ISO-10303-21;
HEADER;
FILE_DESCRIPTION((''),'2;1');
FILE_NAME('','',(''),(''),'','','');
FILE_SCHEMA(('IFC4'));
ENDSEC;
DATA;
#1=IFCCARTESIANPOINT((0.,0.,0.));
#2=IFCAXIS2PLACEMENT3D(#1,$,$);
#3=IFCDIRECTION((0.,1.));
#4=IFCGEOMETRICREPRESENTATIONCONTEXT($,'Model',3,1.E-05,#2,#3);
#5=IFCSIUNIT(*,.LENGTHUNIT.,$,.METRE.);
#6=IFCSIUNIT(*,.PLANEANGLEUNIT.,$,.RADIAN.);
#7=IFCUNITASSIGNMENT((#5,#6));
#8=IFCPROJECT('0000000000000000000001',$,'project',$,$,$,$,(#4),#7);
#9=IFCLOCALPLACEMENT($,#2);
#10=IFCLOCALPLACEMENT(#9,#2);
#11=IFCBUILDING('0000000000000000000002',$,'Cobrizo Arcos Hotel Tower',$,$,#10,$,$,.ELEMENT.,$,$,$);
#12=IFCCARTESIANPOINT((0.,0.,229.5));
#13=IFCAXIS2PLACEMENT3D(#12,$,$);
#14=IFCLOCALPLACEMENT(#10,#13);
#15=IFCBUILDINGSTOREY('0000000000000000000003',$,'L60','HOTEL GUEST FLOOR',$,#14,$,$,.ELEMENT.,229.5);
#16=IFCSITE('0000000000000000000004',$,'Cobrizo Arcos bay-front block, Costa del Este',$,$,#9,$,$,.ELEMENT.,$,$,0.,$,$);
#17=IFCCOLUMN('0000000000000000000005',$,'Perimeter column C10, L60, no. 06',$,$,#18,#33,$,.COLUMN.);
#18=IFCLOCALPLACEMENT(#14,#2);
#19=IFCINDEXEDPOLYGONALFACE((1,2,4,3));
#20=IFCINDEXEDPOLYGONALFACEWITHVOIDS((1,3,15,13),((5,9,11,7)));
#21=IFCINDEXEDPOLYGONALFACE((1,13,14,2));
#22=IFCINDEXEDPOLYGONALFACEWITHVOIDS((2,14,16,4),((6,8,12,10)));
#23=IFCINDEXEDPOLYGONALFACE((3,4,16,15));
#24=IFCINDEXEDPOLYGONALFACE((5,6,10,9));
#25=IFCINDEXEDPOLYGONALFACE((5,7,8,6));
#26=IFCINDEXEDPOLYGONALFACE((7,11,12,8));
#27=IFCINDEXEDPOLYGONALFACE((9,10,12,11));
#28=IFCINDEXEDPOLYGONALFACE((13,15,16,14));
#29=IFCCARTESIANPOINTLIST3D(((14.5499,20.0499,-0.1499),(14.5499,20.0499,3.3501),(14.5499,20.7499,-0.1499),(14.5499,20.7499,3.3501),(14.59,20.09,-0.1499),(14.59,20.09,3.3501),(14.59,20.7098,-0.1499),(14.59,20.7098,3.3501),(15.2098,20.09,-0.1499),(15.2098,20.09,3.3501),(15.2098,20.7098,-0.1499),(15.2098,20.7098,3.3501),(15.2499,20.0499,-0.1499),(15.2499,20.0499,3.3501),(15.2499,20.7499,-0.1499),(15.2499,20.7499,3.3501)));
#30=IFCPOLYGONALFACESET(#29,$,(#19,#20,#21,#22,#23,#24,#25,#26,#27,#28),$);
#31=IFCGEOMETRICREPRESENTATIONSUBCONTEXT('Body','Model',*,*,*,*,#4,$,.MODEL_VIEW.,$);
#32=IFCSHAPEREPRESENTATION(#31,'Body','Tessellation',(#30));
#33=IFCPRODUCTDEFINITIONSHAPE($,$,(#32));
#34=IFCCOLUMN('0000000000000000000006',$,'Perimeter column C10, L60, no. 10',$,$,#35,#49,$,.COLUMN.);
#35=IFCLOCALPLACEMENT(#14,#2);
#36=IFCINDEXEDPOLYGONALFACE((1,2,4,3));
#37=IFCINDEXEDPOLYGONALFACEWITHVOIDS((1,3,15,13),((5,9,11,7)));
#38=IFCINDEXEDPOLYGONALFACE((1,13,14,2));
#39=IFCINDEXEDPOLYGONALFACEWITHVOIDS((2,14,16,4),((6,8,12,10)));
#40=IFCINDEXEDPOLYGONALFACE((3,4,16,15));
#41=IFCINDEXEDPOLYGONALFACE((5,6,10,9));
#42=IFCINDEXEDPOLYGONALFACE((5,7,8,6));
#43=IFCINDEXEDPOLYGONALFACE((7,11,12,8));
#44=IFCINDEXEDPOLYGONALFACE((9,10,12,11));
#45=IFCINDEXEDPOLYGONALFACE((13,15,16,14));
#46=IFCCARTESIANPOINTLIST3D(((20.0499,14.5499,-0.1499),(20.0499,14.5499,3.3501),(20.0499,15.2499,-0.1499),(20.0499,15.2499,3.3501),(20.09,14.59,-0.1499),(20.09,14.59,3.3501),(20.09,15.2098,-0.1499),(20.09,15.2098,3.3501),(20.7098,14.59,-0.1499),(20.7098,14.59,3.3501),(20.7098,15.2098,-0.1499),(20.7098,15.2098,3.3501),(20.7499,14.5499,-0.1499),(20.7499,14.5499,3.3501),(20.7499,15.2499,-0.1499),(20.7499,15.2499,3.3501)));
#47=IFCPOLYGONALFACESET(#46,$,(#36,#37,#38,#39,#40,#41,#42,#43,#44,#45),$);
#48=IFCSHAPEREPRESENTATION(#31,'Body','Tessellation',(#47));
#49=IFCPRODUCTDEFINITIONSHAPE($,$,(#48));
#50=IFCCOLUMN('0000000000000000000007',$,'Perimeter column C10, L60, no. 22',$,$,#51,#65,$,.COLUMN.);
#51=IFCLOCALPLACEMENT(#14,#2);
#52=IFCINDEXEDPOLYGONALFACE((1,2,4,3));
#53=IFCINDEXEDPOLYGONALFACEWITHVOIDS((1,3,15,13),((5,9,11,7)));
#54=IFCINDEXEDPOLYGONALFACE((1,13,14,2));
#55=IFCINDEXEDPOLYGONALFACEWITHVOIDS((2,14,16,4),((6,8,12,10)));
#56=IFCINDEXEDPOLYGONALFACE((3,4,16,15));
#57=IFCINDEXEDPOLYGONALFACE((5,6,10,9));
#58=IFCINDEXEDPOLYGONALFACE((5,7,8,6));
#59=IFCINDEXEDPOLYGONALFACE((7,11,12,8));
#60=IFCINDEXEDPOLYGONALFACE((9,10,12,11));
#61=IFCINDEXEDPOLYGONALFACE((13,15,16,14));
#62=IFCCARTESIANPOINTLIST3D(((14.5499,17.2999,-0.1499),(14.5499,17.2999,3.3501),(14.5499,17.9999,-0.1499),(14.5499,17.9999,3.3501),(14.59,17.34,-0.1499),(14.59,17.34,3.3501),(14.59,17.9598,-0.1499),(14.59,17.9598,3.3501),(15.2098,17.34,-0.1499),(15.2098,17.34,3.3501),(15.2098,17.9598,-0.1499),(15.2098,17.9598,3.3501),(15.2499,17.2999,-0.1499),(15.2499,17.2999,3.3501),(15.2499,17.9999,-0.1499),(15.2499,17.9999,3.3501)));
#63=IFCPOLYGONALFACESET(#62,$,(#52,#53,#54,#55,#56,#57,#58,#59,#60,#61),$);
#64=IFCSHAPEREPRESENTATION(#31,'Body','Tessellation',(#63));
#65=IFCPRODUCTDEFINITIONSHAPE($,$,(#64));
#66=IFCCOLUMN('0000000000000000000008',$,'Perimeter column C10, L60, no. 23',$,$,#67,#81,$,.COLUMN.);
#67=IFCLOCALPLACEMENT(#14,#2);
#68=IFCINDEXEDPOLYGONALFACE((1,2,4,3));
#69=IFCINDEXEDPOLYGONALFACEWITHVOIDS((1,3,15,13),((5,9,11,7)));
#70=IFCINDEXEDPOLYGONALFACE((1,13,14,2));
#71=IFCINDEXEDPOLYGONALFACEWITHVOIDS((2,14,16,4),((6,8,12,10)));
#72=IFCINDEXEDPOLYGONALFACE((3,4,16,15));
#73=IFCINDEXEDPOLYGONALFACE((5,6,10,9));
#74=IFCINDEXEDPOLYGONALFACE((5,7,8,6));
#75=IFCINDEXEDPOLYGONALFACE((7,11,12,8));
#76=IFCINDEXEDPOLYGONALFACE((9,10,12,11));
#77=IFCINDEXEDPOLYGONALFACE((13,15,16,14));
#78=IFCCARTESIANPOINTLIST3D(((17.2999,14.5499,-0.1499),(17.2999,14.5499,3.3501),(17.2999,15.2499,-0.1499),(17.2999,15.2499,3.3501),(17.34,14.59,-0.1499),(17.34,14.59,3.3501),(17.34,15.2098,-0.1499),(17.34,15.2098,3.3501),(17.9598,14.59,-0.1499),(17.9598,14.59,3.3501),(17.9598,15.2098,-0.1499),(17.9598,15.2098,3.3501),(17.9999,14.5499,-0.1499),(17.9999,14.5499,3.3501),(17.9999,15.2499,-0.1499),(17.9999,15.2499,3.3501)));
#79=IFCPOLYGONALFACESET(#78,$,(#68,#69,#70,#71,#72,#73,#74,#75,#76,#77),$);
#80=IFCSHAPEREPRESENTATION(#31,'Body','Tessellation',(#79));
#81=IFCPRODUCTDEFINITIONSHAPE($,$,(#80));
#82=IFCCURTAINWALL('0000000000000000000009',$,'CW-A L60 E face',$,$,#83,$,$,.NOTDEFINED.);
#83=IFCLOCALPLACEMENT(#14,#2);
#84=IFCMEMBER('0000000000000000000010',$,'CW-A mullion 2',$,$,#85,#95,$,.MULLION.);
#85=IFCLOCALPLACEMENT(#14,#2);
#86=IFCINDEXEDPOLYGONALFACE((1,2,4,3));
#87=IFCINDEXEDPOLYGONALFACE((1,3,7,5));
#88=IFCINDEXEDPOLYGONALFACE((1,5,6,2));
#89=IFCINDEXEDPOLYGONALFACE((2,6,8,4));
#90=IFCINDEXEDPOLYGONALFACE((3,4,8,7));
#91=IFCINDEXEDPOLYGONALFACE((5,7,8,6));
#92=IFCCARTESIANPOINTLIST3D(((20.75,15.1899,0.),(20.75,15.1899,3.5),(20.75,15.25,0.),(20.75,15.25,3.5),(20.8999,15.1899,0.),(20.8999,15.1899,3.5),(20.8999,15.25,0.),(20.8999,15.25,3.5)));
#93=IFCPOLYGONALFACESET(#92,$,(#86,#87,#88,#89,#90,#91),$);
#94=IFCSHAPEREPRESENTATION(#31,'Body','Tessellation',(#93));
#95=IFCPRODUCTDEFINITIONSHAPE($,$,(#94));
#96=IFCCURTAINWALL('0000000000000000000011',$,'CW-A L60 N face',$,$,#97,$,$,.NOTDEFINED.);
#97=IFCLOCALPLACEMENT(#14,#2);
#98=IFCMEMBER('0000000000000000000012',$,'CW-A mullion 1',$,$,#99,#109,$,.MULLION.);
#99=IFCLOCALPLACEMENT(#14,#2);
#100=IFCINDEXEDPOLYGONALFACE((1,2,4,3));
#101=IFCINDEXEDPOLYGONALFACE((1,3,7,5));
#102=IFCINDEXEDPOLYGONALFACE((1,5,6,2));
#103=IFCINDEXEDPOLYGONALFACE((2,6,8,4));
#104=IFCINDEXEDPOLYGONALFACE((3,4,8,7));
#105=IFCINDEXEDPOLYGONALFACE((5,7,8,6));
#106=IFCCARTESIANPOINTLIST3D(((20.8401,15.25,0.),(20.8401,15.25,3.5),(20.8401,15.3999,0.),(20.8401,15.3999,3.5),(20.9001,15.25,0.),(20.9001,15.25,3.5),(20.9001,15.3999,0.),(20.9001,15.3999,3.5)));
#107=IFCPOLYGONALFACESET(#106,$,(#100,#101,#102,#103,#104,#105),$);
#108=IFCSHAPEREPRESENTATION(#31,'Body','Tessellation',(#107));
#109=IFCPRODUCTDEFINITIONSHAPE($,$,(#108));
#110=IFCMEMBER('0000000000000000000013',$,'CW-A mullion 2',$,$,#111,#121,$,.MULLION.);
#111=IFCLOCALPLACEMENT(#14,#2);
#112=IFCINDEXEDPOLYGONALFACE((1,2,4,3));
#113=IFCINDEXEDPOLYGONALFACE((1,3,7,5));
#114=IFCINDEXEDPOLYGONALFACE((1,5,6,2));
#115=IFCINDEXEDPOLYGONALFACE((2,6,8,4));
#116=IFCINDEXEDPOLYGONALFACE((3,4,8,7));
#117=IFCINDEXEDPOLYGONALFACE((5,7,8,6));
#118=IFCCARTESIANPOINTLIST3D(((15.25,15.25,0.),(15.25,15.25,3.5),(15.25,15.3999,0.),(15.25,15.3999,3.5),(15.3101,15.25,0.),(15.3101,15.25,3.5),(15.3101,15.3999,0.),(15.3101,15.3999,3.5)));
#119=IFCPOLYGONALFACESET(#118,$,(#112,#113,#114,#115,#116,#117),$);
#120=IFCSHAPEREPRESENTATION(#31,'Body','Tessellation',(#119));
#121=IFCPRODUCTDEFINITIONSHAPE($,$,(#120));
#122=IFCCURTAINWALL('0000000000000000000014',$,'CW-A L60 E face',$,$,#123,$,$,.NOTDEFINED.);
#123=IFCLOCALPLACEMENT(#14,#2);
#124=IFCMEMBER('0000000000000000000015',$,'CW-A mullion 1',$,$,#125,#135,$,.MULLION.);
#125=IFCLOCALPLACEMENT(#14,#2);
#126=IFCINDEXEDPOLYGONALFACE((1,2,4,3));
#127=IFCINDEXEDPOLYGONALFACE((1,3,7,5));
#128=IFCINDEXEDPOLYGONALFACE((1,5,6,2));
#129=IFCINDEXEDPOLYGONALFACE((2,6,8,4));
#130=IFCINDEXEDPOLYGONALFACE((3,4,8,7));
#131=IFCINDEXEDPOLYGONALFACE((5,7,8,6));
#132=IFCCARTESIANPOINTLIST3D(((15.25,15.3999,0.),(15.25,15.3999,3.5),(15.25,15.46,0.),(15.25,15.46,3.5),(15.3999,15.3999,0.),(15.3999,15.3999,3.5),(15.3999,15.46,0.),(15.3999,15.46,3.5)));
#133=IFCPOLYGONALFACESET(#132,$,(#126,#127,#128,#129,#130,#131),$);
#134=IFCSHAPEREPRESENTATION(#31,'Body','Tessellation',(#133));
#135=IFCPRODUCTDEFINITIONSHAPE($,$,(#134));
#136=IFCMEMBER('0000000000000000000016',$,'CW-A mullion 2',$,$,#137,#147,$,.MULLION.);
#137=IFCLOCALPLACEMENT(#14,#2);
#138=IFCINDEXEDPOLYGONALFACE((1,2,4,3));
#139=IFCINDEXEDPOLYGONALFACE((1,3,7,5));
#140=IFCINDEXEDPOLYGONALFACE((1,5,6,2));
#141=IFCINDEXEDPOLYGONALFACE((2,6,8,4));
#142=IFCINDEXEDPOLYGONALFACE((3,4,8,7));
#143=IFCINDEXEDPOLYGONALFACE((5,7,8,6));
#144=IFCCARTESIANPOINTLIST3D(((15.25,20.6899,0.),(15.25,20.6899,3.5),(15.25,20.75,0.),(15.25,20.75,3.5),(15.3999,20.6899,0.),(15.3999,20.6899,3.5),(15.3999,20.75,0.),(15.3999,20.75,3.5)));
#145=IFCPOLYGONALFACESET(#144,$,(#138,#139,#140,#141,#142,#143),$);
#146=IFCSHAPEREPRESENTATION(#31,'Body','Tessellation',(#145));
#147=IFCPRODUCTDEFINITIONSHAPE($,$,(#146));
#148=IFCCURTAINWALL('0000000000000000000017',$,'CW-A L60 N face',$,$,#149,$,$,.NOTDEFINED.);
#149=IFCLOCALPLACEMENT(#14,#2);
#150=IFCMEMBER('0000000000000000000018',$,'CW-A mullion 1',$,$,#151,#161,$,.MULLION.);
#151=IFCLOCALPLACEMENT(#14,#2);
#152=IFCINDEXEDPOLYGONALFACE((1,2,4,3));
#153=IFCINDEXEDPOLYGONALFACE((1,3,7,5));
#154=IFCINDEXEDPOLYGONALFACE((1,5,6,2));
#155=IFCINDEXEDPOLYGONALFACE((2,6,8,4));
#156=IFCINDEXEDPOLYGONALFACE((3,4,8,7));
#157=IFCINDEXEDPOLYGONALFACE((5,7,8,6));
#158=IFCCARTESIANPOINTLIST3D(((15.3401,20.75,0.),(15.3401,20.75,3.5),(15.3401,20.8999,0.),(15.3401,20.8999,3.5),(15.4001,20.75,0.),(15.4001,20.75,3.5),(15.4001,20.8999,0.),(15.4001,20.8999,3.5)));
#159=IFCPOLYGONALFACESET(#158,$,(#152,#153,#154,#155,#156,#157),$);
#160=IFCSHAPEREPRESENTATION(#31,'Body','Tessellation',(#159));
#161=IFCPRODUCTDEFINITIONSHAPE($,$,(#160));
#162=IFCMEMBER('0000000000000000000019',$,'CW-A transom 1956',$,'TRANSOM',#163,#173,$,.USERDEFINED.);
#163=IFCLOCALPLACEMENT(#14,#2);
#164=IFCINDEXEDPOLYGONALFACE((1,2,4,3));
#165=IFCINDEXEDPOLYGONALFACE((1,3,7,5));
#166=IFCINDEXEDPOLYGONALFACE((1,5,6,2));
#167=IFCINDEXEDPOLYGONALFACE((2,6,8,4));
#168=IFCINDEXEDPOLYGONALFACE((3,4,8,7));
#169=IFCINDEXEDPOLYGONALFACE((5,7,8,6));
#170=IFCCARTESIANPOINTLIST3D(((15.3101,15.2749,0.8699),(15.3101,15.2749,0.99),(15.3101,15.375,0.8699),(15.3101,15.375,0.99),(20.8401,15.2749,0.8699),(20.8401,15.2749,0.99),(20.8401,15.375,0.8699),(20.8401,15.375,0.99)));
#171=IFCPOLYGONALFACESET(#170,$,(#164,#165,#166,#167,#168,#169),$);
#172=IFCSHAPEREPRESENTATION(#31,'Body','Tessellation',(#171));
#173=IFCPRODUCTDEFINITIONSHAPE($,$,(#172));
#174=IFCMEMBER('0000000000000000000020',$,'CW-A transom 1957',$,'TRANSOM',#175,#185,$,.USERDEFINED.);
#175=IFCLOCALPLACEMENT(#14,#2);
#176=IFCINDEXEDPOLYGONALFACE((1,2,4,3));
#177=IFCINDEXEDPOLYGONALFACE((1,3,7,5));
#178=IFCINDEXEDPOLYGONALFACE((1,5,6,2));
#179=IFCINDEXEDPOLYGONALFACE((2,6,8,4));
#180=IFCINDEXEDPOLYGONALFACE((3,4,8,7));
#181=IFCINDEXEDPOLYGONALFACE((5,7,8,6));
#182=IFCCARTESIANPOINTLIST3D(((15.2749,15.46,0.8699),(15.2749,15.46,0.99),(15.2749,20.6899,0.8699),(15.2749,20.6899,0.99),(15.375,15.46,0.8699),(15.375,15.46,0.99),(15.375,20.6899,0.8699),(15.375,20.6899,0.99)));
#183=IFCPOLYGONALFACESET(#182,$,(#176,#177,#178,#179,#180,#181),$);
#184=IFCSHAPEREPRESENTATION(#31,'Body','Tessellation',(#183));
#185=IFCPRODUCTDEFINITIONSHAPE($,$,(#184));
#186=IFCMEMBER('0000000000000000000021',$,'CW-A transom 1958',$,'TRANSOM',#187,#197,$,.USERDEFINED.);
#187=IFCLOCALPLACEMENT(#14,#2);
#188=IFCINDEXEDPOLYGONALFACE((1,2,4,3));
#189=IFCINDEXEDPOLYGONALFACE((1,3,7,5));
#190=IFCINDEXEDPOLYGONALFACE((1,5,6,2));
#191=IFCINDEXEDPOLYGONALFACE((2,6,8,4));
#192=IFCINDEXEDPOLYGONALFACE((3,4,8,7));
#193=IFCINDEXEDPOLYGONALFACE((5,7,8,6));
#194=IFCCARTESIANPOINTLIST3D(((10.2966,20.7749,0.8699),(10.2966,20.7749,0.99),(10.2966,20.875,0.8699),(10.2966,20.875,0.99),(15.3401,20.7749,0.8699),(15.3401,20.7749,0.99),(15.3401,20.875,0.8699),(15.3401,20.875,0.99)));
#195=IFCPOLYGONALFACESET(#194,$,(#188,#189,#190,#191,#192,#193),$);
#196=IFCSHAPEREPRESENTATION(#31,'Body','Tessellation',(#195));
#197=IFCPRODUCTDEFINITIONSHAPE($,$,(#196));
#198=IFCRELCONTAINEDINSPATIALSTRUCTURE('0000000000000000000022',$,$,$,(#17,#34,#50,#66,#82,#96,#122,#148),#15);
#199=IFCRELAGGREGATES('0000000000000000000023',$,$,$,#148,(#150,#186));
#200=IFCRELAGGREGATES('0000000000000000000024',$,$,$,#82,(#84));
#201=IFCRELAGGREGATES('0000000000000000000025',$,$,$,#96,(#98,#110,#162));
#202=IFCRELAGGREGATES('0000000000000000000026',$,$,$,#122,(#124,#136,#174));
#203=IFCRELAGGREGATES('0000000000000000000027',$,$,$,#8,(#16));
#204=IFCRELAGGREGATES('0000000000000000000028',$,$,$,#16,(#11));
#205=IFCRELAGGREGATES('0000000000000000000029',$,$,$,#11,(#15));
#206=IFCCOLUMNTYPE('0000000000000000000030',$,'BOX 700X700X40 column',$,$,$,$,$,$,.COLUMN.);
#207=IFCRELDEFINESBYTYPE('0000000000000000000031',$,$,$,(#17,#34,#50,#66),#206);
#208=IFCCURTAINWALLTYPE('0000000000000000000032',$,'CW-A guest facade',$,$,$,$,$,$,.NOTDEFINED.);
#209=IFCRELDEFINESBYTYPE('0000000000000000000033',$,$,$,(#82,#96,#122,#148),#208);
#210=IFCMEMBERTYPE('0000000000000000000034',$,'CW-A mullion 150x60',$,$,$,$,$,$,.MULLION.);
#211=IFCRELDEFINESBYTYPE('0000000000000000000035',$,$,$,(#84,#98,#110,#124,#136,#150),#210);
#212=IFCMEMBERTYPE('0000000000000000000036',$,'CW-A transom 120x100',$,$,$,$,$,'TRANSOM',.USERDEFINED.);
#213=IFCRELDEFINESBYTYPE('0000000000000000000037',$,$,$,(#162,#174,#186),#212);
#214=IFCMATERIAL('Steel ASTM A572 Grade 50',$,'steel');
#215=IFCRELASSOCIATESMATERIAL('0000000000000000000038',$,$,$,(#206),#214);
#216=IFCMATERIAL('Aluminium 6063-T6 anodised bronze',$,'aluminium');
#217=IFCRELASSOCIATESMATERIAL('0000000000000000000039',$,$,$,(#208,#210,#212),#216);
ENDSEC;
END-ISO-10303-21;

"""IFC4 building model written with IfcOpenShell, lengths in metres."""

from ifc_helpers import new_model, si_unit, direction, frame, origin, origin_2d, place, context, subcontext, project, spatial, rectangle, hollow_rectangle, extrude, material, material_profile, profile_set, type_object, element, aggregate, save


model = new_model("IFC4")

# Units and contexts
model_context = context("Model", 3, precision=1e-05, world=origin(), true_north=direction((0.0, 1.0)))
body_context = subcontext(model_context, "Body", "Model", "MODEL_VIEW")
ifc_project = project(units=[si_unit("LENGTHUNIT", "METRE"), si_unit("PLANEANGLEUNIT", "RADIAN")], contexts=[model_context])

# Site, building, storey
site_placement = place(None, origin())
site = spatial("IfcSite", under=ifc_project, at=site_placement, Name="Cobrizo Arcos bay-front block, Costa del Este", CompositionType="ELEMENT", RefElevation=0.0)
building_placement = place(site_placement, origin())
building = spatial("IfcBuilding", under=site, at=building_placement, Name="Cobrizo Arcos Hotel Tower", CompositionType="ELEMENT")
storey_placement = place(building_placement, frame((0.0, 0.0, 229.5)))
storey = spatial("IfcBuildingStorey", under=building, at=storey_placement, Name="L60", Description="HOTEL GUEST FLOOR", CompositionType="ELEMENT", Elevation=229.5)

# Columns
ifc_material_1 = material(Name="Steel ASTM A572 Grade 50", Category="steel")
ifc_material_profile_1 = material_profile(ifc_material_1, hollow_rectangle(XDim=0.7, YDim=0.7, WallThickness=0.04, at=origin_2d()), Name="BOX 700X700X40")
ifc_profile_set_1 = profile_set([ifc_material_profile_1], Name="Steel ASTM A572 Grade 50")
column_type = type_object("IfcColumnType", Name="BOX 700X700X40 column", PredefinedType="COLUMN", material=ifc_profile_set_1)
for number, where, z_axis, x_axis, name in (
    (1, (14.8999, 20.3999, -0.1499), (0.0, 0.0, 1.0), (1.0, 0.0, 0.0), "Perimeter column C10, L60, no. 06"),
    (2, (20.3999, 14.8999, -0.1499), (0.0, 0.0, 1.0), (1.0, 0.0, 0.0), "Perimeter column C10, L60, no. 10"),
    (3, (14.8999, 17.6499, -0.1499), (0.0, 0.0, 1.0), (1.0, 0.0, 0.0), "Perimeter column C10, L60, no. 22"),
    (4, (17.6499, 14.8999, -0.1499), (0.0, 0.0, 1.0), (1.0, 0.0, 0.0), "Perimeter column C10, L60, no. 23"),
):
    element("IfcColumn", number, at=place(storey_placement, frame(where, z_axis=z_axis, x_axis=x_axis)), inside=storey, type_object=column_type, Name=name, PredefinedType="COLUMN", context=body_context, shape_type="SweptSolid", body=[
        extrude(hollow_rectangle(XDim=0.7, YDim=0.7, WallThickness=0.04, at=origin_2d()), origin(), (0.0, 0.0, 1.0), 3.5),
    ])

# Curtain wall, member
ifc_material_2 = material(Name="Aluminium 6063-T6 anodised bronze", Category="aluminium")
curtain_wall_type = type_object("IfcCurtainWallType", Name="CW-A guest facade", PredefinedType="NOTDEFINED", material=ifc_material_2)
curtain_wall_1_placement = place(storey_placement, origin())
curtain_wall_1 = element("IfcCurtainWall", 5, at=curtain_wall_1_placement, inside=storey, type_object=curtain_wall_type, Name="CW-A L60 E face", PredefinedType="NOTDEFINED")
ifc_material_profile_2 = material_profile(ifc_material_2, rectangle(XDim=0.1499, YDim=0.0601, at=origin_2d()), Name="CW-A mullion 150x60")
ifc_profile_set_2 = profile_set([ifc_material_profile_2], Name="Aluminium 6063-T6 anodised bronze")
member_type_1 = type_object("IfcMemberType", Name="CW-A mullion 150x60", PredefinedType="MULLION", material=ifc_profile_set_2)
member_1_placement = place(storey_placement, frame((20.825, 15.22, 0.0), z_axis=(0.0, 0.0, 1.0), x_axis=(1.0, 0.0, 0.0)))
member_1 = element("IfcMember", 6, at=member_1_placement, type_object=member_type_1, Name="CW-A mullion 2", PredefinedType="MULLION", context=body_context, shape_type="SweptSolid", body=[
    extrude(rectangle(XDim=0.1499, YDim=0.0601, at=origin_2d()), origin(), (0.0, 0.0, 1.0), 3.5),
])

# Curtain walls, members
curtain_wall_2_placement = place(storey_placement, origin())
curtain_wall_2 = element("IfcCurtainWall", 7, at=curtain_wall_2_placement, inside=storey, type_object=curtain_wall_type, Name="CW-A L60 N face", PredefinedType="NOTDEFINED")
member_2_placement = place(storey_placement, frame((20.8701, 15.325, 0.0), z_axis=(0.0, 0.0, 1.0), x_axis=(0.0, 1.0, 0.0)))
member_2 = element("IfcMember", 8, at=member_2_placement, type_object=member_type_1, Name="CW-A mullion 1", PredefinedType="MULLION", context=body_context, shape_type="SweptSolid", body=[
    extrude(rectangle(XDim=0.1499, YDim=0.0601, at=origin_2d()), origin(), (0.0, 0.0, 1.0), 3.5),
])
member_3_placement = place(storey_placement, frame((15.28, 15.325, 0.0), z_axis=(0.0, 0.0, 1.0), x_axis=(0.0, 1.0, 0.0)))
member_3 = element("IfcMember", 9, at=member_3_placement, type_object=member_type_1, Name="CW-A mullion 2", PredefinedType="MULLION", context=body_context, shape_type="SweptSolid", body=[
    extrude(rectangle(XDim=0.1499, YDim=0.0601, at=origin_2d()), origin(), (0.0, 0.0, 1.0), 3.5),
])
curtain_wall_3_placement = place(storey_placement, origin())
curtain_wall_3 = element("IfcCurtainWall", 10, at=curtain_wall_3_placement, inside=storey, type_object=curtain_wall_type, Name="CW-A L60 E face", PredefinedType="NOTDEFINED")
member_4_placement = place(storey_placement, frame((15.325, 15.4299, 0.0), z_axis=(0.0, 0.0, 1.0), x_axis=(1.0, 0.0, 0.0)))
member_4 = element("IfcMember", 11, at=member_4_placement, type_object=member_type_1, Name="CW-A mullion 1", PredefinedType="MULLION", context=body_context, shape_type="SweptSolid", body=[
    extrude(rectangle(XDim=0.1499, YDim=0.0601, at=origin_2d()), origin(), (0.0, 0.0, 1.0), 3.5),
])
member_5_placement = place(storey_placement, frame((15.325, 20.72, 0.0), z_axis=(0.0, 0.0, 1.0), x_axis=(1.0, 0.0, 0.0)))
member_5 = element("IfcMember", 12, at=member_5_placement, type_object=member_type_1, Name="CW-A mullion 2", PredefinedType="MULLION", context=body_context, shape_type="SweptSolid", body=[
    extrude(rectangle(XDim=0.1499, YDim=0.0601, at=origin_2d()), origin(), (0.0, 0.0, 1.0), 3.5),
])

# Curtain wall, member
curtain_wall_4_placement = place(storey_placement, origin())
curtain_wall_4 = element("IfcCurtainWall", 13, at=curtain_wall_4_placement, inside=storey, type_object=curtain_wall_type, Name="CW-A L60 N face", PredefinedType="NOTDEFINED")
member_6_placement = place(storey_placement, frame((15.3701, 20.825, 0.0), z_axis=(0.0, 0.0, 1.0), x_axis=(0.0, 1.0, 0.0)))
member_6 = element("IfcMember", 14, at=member_6_placement, type_object=member_type_1, Name="CW-A mullion 1", PredefinedType="MULLION", context=body_context, shape_type="SweptSolid", body=[
    extrude(rectangle(XDim=0.1499, YDim=0.0601, at=origin_2d()), origin(), (0.0, 0.0, 1.0), 3.5),
])

# Members
ifc_material_profile_3 = material_profile(ifc_material_2, rectangle(XDim=0.1001, YDim=0.1201, at=origin_2d()), Name="CW-A transom 120x100")
ifc_profile_set_3 = profile_set([ifc_material_profile_3], Name="Aluminium 6063-T6 anodised bronze")
member_type_2 = type_object("IfcMemberType", Name="CW-A transom 120x100", ElementType="TRANSOM", PredefinedType="USERDEFINED", material=ifc_profile_set_3)
member_7_placement = place(storey_placement, frame((20.8401, 15.325, 0.9299), z_axis=(-1.0, 0.0, 0.0), x_axis=(0.0, -1.0, 0.0)))
member_7 = element("IfcMember", 15, at=member_7_placement, type_object=member_type_2, Name="CW-A transom 1956", ObjectType="TRANSOM", PredefinedType="USERDEFINED", context=body_context, shape_type="SweptSolid", body=[
    extrude(rectangle(XDim=0.1001, YDim=0.1201, at=origin_2d()), origin(), (0.0, 0.0, 1.0), 5.53),
])
member_8_placement = place(storey_placement, frame((15.325, 15.46, 0.9299), z_axis=(0.0, 1.0, 0.0), x_axis=(-1.0, 0.0, 0.0)))
member_8 = element("IfcMember", 16, at=member_8_placement, type_object=member_type_2, Name="CW-A transom 1957", ObjectType="TRANSOM", PredefinedType="USERDEFINED", context=body_context, shape_type="SweptSolid", body=[
    extrude(rectangle(XDim=0.1001, YDim=0.1201, at=origin_2d()), origin(), (0.0, 0.0, 1.0), 5.23),
])
member_9_placement = place(storey_placement, frame((15.3401, 20.825, 0.9299), z_axis=(-1.0, 0.0, 0.0), x_axis=(0.0, -1.0, 0.0)))
member_9 = element("IfcMember", 17, at=member_9_placement, type_object=member_type_2, Name="CW-A transom 1958", ObjectType="TRANSOM", PredefinedType="USERDEFINED", context=body_context, shape_type="SweptSolid", body=[
    extrude(rectangle(XDim=0.1001, YDim=0.1201, at=origin_2d()), origin(), (0.0, 0.0, 1.0), 5.0435),
])
aggregate(curtain_wall_4, [member_6, member_9])

aggregate(curtain_wall_1, [member_1])
aggregate(curtain_wall_2, [member_2, member_3, member_7])
aggregate(curtain_wall_3, [member_4, member_5, member_8])

save(model, "model.ifc")
